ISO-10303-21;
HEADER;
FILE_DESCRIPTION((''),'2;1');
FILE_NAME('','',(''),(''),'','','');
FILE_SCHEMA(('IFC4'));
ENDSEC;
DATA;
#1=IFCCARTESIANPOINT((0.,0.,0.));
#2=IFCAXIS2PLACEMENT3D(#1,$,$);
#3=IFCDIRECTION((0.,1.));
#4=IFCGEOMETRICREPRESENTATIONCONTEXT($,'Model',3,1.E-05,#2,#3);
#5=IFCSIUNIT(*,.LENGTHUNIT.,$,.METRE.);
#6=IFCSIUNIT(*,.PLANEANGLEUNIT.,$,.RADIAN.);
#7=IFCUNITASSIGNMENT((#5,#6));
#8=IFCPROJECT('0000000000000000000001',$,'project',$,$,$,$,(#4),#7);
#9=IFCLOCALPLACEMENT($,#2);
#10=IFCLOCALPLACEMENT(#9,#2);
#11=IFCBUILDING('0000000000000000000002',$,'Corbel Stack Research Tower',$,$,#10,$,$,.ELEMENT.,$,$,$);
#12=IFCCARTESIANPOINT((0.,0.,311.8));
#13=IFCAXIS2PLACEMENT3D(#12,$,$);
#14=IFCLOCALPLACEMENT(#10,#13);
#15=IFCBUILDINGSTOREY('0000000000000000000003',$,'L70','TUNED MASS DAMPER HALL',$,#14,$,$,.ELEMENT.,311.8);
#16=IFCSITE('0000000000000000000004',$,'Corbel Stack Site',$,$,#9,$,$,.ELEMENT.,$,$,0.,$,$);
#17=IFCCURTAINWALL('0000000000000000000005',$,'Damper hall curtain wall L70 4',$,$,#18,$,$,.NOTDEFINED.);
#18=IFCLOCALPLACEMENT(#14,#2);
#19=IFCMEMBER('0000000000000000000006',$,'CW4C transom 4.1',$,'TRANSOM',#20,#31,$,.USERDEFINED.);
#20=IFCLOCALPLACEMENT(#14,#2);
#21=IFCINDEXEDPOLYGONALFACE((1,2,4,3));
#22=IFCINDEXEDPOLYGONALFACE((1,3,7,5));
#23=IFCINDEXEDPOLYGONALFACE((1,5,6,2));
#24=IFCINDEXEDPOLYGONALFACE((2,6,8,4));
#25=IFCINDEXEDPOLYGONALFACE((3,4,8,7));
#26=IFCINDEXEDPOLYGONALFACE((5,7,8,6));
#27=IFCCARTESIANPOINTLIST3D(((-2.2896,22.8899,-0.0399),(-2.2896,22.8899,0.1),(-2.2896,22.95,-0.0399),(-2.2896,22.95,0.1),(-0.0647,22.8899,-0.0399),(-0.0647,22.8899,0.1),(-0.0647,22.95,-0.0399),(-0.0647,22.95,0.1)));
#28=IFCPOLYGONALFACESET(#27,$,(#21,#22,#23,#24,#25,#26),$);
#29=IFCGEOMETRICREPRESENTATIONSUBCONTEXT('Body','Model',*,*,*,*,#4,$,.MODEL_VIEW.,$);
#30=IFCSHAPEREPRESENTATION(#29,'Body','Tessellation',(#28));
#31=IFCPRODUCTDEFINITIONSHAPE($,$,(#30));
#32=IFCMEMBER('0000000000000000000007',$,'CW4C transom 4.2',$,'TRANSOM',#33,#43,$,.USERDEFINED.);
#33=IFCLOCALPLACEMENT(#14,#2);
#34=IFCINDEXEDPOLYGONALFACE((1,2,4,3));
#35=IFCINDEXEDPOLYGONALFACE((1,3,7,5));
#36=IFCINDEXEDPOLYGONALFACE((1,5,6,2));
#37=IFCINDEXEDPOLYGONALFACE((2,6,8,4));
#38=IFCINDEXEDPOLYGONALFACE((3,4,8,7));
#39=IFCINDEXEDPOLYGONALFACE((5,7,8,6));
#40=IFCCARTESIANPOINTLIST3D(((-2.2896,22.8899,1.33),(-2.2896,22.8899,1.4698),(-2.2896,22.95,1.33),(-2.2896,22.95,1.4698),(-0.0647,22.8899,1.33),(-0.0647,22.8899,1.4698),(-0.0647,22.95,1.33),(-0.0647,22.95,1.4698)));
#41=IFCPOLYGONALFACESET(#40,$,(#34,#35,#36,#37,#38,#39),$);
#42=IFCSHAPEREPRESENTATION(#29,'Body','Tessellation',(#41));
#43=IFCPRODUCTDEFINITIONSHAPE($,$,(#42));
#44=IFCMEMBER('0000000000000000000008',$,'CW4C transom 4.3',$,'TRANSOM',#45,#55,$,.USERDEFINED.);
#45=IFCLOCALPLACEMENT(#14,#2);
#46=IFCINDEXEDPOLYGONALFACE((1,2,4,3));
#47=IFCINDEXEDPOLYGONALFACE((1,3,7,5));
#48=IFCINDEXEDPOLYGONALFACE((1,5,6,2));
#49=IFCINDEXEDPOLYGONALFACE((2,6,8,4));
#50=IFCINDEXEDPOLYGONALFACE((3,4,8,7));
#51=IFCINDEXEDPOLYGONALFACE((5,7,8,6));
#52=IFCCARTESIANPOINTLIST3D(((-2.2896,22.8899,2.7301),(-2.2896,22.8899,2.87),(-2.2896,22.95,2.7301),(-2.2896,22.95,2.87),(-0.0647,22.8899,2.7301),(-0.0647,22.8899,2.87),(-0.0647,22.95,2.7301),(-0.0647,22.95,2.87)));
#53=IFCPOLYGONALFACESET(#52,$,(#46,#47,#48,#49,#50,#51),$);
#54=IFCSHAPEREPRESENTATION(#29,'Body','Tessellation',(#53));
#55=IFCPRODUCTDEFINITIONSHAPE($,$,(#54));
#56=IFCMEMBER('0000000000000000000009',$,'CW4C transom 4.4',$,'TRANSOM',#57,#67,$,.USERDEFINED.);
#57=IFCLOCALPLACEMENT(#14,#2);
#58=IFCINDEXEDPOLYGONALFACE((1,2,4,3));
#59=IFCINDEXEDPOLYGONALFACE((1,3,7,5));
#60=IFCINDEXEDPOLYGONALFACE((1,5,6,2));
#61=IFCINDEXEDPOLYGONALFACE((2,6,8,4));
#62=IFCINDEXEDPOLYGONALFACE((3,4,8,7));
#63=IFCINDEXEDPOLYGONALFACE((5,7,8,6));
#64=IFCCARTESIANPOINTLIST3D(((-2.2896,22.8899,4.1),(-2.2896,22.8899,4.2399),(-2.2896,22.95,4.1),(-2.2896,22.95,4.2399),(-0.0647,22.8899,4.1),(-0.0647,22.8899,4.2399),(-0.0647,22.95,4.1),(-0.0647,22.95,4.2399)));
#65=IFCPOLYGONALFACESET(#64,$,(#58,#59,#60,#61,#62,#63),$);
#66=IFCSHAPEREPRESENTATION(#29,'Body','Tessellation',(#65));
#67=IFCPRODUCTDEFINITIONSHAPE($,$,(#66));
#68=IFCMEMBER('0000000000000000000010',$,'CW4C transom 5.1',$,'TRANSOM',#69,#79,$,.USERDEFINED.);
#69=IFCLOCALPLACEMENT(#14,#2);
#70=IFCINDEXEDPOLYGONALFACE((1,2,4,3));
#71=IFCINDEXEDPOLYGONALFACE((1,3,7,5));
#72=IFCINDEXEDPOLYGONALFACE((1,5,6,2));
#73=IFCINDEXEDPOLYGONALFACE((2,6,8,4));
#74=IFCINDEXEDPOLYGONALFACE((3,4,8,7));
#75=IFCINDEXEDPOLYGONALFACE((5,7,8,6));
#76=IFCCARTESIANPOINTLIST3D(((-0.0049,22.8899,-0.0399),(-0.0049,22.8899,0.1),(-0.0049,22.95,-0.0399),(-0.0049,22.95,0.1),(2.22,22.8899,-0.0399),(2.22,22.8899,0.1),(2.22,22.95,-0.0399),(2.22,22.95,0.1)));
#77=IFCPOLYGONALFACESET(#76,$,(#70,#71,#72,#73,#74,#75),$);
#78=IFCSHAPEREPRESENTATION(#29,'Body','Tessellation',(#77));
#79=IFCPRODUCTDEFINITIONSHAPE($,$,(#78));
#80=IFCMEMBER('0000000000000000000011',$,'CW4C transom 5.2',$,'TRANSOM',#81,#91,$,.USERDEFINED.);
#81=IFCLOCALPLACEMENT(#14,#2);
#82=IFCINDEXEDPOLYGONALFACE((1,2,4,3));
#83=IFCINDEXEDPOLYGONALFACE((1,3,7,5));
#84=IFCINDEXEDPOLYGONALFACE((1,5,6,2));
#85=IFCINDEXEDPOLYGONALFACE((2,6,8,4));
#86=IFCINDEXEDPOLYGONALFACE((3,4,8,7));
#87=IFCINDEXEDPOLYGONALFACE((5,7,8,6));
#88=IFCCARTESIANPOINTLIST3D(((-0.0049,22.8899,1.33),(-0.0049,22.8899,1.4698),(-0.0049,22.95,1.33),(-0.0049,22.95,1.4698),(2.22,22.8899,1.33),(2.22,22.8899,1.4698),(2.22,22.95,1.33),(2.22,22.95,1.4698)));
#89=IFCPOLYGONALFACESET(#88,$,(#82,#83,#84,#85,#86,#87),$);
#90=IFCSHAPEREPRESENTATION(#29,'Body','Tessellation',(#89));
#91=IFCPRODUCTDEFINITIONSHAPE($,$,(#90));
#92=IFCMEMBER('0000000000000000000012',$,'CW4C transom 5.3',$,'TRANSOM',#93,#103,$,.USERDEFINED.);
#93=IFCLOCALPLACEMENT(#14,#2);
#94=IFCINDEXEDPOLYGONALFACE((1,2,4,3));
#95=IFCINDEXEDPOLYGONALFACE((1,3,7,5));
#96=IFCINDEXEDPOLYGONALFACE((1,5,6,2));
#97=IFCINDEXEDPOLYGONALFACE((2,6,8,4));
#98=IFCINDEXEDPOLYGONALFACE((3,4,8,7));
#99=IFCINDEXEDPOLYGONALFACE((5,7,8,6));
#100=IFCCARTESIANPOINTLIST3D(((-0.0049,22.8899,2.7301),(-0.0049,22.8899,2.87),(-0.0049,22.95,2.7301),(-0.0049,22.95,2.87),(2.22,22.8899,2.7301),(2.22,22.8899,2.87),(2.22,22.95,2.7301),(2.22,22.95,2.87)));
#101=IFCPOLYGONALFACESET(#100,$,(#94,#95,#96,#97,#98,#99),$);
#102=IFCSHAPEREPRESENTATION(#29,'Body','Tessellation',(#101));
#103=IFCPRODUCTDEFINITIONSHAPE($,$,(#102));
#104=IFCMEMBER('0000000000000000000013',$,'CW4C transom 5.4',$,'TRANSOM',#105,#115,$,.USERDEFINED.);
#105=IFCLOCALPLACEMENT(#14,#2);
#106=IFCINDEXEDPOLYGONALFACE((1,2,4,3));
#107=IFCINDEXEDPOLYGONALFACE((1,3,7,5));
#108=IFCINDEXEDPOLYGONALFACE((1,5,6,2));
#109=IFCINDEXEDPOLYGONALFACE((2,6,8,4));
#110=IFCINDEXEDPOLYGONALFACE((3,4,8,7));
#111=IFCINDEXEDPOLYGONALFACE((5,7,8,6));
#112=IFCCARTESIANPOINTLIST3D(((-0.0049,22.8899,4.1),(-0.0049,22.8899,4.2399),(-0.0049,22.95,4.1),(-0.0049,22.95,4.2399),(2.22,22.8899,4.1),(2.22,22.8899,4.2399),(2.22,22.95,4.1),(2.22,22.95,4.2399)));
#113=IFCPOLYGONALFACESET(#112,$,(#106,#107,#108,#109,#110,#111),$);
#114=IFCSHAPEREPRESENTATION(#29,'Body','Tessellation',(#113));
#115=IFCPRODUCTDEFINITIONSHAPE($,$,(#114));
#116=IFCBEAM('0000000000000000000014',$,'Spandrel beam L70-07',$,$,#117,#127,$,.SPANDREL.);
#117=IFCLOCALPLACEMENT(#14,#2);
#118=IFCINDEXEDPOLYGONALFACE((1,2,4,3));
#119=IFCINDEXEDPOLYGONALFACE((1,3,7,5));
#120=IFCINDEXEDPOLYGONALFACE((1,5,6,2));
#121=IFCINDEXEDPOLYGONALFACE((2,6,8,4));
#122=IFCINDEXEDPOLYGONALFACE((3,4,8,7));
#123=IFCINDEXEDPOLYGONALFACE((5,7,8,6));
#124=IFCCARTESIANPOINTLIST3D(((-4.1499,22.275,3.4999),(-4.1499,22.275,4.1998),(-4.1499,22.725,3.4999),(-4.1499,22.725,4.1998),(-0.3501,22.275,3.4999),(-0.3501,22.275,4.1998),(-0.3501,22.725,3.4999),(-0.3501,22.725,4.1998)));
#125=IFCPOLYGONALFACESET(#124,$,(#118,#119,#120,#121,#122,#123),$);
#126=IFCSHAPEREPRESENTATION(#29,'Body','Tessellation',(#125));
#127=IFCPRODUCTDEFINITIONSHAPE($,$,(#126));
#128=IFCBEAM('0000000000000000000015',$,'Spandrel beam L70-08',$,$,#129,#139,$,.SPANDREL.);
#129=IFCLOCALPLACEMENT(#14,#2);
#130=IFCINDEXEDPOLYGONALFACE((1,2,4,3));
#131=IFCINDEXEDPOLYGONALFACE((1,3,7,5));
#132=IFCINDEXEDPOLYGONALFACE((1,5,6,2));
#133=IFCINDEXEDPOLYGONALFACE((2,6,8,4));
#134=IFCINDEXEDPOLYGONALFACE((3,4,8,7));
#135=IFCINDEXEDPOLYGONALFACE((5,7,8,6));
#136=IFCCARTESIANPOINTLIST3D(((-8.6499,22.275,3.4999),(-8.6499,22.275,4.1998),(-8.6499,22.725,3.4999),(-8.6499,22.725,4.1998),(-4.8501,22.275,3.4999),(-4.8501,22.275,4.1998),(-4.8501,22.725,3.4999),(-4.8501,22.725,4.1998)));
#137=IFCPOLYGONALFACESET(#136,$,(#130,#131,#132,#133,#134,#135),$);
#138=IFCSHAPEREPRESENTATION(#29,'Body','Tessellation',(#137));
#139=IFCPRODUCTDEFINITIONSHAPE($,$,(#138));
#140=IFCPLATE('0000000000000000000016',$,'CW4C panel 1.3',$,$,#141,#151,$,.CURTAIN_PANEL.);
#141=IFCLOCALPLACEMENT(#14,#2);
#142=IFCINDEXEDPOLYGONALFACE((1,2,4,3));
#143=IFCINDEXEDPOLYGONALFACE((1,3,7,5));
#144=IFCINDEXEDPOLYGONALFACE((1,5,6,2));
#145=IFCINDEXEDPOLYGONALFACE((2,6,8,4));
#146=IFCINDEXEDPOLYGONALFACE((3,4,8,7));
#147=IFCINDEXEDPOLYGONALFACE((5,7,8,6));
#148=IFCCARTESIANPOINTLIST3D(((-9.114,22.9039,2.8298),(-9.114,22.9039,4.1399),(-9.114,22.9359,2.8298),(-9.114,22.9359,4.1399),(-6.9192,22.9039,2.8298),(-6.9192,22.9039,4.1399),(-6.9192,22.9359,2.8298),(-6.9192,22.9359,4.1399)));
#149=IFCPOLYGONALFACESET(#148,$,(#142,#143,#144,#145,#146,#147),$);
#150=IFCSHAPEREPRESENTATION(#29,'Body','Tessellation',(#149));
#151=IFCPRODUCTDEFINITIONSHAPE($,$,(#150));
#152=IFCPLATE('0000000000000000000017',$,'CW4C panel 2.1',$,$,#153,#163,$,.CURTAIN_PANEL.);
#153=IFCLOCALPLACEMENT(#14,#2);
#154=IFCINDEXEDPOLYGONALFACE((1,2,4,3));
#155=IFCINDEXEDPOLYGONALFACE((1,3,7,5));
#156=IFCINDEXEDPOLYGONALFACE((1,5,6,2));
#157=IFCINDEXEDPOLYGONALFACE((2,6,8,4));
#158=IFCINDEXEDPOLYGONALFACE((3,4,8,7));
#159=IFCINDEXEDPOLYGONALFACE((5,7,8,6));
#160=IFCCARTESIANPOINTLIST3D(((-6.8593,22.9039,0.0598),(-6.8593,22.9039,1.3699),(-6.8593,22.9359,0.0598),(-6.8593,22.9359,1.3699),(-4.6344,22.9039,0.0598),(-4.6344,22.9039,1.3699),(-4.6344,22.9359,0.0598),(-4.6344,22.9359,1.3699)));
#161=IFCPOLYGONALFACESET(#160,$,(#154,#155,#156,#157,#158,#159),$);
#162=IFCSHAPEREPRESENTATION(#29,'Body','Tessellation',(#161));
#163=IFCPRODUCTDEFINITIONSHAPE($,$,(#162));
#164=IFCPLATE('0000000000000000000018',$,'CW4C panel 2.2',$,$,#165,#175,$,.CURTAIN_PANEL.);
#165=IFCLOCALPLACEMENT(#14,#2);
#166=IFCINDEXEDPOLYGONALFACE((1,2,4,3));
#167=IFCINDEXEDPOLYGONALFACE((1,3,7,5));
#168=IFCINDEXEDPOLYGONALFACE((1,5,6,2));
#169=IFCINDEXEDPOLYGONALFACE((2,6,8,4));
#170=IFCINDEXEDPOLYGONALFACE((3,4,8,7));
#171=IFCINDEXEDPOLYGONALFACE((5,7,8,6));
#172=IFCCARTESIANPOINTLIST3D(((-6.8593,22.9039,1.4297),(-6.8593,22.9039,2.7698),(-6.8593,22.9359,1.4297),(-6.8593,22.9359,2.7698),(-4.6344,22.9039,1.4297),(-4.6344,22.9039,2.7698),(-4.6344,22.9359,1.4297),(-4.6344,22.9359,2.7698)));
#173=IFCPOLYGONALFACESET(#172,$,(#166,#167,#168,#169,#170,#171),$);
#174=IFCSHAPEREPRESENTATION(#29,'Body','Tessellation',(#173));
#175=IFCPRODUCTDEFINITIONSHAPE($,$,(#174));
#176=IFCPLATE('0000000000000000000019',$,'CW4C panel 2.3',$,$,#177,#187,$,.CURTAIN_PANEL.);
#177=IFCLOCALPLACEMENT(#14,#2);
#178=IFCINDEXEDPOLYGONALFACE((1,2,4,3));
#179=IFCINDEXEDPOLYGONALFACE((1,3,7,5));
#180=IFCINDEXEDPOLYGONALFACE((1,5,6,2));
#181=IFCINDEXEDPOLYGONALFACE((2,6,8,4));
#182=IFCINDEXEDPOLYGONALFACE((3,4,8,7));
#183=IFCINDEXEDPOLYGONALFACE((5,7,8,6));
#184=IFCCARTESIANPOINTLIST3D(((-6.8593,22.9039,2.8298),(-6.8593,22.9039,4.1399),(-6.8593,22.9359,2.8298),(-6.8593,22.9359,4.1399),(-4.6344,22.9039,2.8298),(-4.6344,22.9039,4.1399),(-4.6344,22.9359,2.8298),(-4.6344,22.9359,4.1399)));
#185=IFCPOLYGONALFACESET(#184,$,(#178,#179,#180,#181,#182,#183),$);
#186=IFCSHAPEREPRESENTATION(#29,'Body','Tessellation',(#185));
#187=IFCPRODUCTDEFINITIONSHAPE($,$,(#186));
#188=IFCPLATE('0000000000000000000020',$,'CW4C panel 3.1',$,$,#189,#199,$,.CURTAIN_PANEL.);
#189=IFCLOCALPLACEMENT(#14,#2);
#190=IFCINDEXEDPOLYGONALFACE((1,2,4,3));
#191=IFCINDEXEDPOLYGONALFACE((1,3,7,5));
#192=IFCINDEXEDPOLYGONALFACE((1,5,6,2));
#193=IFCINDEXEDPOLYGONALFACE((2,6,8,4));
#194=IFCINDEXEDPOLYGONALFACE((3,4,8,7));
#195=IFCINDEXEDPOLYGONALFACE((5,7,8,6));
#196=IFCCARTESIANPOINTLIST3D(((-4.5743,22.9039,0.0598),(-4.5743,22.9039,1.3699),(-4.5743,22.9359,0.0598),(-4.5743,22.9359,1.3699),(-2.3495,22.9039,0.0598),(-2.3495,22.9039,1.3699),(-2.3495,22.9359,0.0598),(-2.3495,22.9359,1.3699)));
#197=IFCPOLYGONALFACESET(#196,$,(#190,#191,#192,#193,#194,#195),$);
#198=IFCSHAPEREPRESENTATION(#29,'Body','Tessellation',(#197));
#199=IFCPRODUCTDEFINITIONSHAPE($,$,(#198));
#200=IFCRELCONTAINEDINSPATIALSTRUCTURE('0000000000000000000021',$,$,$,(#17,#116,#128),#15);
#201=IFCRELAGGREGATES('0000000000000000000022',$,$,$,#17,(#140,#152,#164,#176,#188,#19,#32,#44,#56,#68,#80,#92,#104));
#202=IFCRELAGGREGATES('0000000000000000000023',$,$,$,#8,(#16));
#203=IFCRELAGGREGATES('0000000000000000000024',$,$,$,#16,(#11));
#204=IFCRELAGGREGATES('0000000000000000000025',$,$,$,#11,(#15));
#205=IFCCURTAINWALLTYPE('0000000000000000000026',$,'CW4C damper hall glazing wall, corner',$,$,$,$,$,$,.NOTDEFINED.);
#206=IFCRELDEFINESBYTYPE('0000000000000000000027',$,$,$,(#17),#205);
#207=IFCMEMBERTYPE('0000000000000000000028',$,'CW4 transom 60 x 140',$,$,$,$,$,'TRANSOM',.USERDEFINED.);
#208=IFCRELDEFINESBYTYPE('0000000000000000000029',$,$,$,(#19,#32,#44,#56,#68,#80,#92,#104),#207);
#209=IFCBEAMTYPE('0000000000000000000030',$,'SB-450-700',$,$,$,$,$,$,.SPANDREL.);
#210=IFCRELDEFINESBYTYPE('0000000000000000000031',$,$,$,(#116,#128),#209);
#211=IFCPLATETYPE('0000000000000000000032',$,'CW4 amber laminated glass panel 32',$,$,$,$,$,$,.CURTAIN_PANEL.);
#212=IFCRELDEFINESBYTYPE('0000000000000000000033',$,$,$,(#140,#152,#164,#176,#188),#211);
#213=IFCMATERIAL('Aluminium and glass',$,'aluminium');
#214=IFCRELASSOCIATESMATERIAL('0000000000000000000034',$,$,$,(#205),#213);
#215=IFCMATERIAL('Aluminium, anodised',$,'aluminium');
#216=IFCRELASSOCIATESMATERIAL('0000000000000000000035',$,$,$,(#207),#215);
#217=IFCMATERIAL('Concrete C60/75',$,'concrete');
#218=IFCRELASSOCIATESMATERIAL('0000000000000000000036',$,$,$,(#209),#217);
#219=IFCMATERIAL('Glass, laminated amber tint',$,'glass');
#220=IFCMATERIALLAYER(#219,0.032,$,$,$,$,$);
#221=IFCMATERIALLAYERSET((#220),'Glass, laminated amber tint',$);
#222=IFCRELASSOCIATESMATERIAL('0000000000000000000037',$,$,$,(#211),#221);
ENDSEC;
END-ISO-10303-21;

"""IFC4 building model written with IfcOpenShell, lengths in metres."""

from ifc_helpers import new_model, si_unit, direction, frame, origin, origin_2d, place, context, subcontext, project, spatial, rectangle, extrude, material, layer, layer_set, material_profile, profile_set, type_object, element, aggregate, save


model = new_model("IFC4")

# Units and contexts
model_context = context("Model", 3, precision=1e-05, world=origin(), true_north=direction((0.0, 1.0)))
body_context = subcontext(model_context, "Body", "Model", "MODEL_VIEW")
ifc_project = project(units=[si_unit("LENGTHUNIT", "METRE"), si_unit("PLANEANGLEUNIT", "RADIAN")], contexts=[model_context])

# Site, building, storey
site_placement = place(None, origin())
site = spatial("IfcSite", under=ifc_project, at=site_placement, Name="Corbel Stack Site", CompositionType="ELEMENT", RefElevation=0.0)
building_placement = place(site_placement, origin())
building = spatial("IfcBuilding", under=site, at=building_placement, Name="Corbel Stack Research Tower", CompositionType="ELEMENT")
storey_placement = place(building_placement, frame((0.0, 0.0, 311.8)))
storey = spatial("IfcBuildingStorey", under=building, at=storey_placement, Name="L70", Description="TUNED MASS DAMPER HALL", CompositionType="ELEMENT", Elevation=311.8)

# Curtain wall, members
ifc_material_1 = material(Name="Aluminium and glass", Category="aluminium")
curtain_wall_type = type_object("IfcCurtainWallType", Name="CW4C damper hall glazing wall, corner", PredefinedType="NOTDEFINED", material=ifc_material_1)
curtain_wall_placement = place(storey_placement, origin())
curtain_wall = element("IfcCurtainWall", 1, at=curtain_wall_placement, inside=storey, type_object=curtain_wall_type, Name="Damper hall curtain wall L70 4", PredefinedType="NOTDEFINED")
ifc_material_2 = material(Name="Aluminium, anodised", Category="aluminium")
ifc_material_profile_1 = material_profile(ifc_material_2, rectangle(XDim=0.0601, YDim=0.1399, at=origin_2d()), Name="CW4 transom 60 x 140")
ifc_profile_set_1 = profile_set([ifc_material_profile_1], Name="Aluminium, anodised")
member_type_1 = type_object("IfcMemberType", Name="CW4 transom 60 x 140", ElementType="TRANSOM", PredefinedType="USERDEFINED", material=ifc_profile_set_1)
member_1_placement = place(storey_placement, frame((-2.2896, 22.9199, 0.03), z_axis=(1.0, 0.0, 0.0), x_axis=(0.0, 1.0, 0.0)))
member_1 = element("IfcMember", 2, at=member_1_placement, type_object=member_type_1, Name="CW4C transom 4.1", ObjectType="TRANSOM", PredefinedType="USERDEFINED", context=body_context, shape_type="SweptSolid", body=[
    extrude(rectangle(XDim=0.0601, YDim=0.1399, at=origin_2d()), origin(), (0.0, 0.0, 1.0), 2.2249),
])
member_2_placement = place(storey_placement, frame((-2.2896, 22.9199, 1.3999), z_axis=(1.0, 0.0, 0.0), x_axis=(0.0, 1.0, 0.0)))
member_2 = element("IfcMember", 3, at=member_2_placement, type_object=member_type_1, Name="CW4C transom 4.2", ObjectType="TRANSOM", PredefinedType="USERDEFINED", context=body_context, shape_type="SweptSolid", body=[
    extrude(rectangle(XDim=0.0601, YDim=0.1399, at=origin_2d()), origin(), (0.0, 0.0, 1.0), 2.2249),
])
member_3_placement = place(storey_placement, frame((-2.2896, 22.9199, 2.8), z_axis=(1.0, 0.0, 0.0), x_axis=(0.0, 1.0, 0.0)))
member_3 = element("IfcMember", 4, at=member_3_placement, type_object=member_type_1, Name="CW4C transom 4.3", ObjectType="TRANSOM", PredefinedType="USERDEFINED", context=body_context, shape_type="SweptSolid", body=[
    extrude(rectangle(XDim=0.0601, YDim=0.1399, at=origin_2d()), origin(), (0.0, 0.0, 1.0), 2.2249),
])
member_4_placement = place(storey_placement, frame((-2.2896, 22.9199, 4.1699), z_axis=(1.0, 0.0, 0.0), x_axis=(0.0, 1.0, 0.0)))
member_4 = element("IfcMember", 5, at=member_4_placement, type_object=member_type_1, Name="CW4C transom 4.4", ObjectType="TRANSOM", PredefinedType="USERDEFINED", context=body_context, shape_type="SweptSolid", body=[
    extrude(rectangle(XDim=0.0601, YDim=0.1399, at=origin_2d()), origin(), (0.0, 0.0, 1.0), 2.2249),
])
member_5_placement = place(storey_placement, frame((-0.0049, 22.9199, 0.03), z_axis=(1.0, 0.0, 0.0), x_axis=(0.0, 1.0, 0.0)))
member_5 = element("IfcMember", 6, at=member_5_placement, type_object=member_type_1, Name="CW4C transom 5.1", ObjectType="TRANSOM", PredefinedType="USERDEFINED", context=body_context, shape_type="SweptSolid", body=[
    extrude(rectangle(XDim=0.0601, YDim=0.1399, at=origin_2d()), origin(), (0.0, 0.0, 1.0), 2.2249),
])
member_6_placement = place(storey_placement, frame((-0.0049, 22.9199, 1.3999), z_axis=(1.0, 0.0, 0.0), x_axis=(0.0, 1.0, 0.0)))
member_6 = element("IfcMember", 7, at=member_6_placement, type_object=member_type_1, Name="CW4C transom 5.2", ObjectType="TRANSOM", PredefinedType="USERDEFINED", context=body_context, shape_type="SweptSolid", body=[
    extrude(rectangle(XDim=0.0601, YDim=0.1399, at=origin_2d()), origin(), (0.0, 0.0, 1.0), 2.2249),
])
member_7_placement = place(storey_placement, frame((-0.0049, 22.9199, 2.8), z_axis=(1.0, 0.0, 0.0), x_axis=(0.0, 1.0, 0.0)))
member_7 = element("IfcMember", 8, at=member_7_placement, type_object=member_type_1, Name="CW4C transom 5.3", ObjectType="TRANSOM", PredefinedType="USERDEFINED", context=body_context, shape_type="SweptSolid", body=[
    extrude(rectangle(XDim=0.0601, YDim=0.1399, at=origin_2d()), origin(), (0.0, 0.0, 1.0), 2.2249),
])
member_8_placement = place(storey_placement, frame((-0.0049, 22.9199, 4.1699), z_axis=(1.0, 0.0, 0.0), x_axis=(0.0, 1.0, 0.0)))
member_8 = element("IfcMember", 9, at=member_8_placement, type_object=member_type_1, Name="CW4C transom 5.4", ObjectType="TRANSOM", PredefinedType="USERDEFINED", context=body_context, shape_type="SweptSolid", body=[
    extrude(rectangle(XDim=0.0601, YDim=0.1399, at=origin_2d()), origin(), (0.0, 0.0, 1.0), 2.2249),
])

# Beams
ifc_material_3 = material(Name="Concrete C60/75", Category="concrete")
ifc_material_profile_2 = material_profile(ifc_material_3, rectangle(XDim=0.45, YDim=0.7, at=origin_2d()), Name="RC 450 x 700")
ifc_profile_set_2 = profile_set([ifc_material_profile_2], Name="Concrete C60/75")
beam_type = type_object("IfcBeamType", Name="SB-450-700", PredefinedType="SPANDREL", material=ifc_profile_set_2)
for number, where, z_axis, x_axis, name in (
    (10, (-0.3501, 22.5, 3.8499), (-1.0, 0.0, 0.0), (0.0, -1.0, 0.0), "Spandrel beam L70-07"),
    (11, (-4.8501, 22.5, 3.8499), (-1.0, 0.0, 0.0), (0.0, -1.0, 0.0), "Spandrel beam L70-08"),
):
    element("IfcBeam", number, at=place(storey_placement, frame(where, z_axis=z_axis, x_axis=x_axis)), inside=storey, type_object=beam_type, Name=name, PredefinedType="SPANDREL", context=body_context, shape_type="SweptSolid", body=[
        extrude(rectangle(XDim=0.45, YDim=0.7, at=origin_2d()), origin(), (0.0, 0.0, 1.0), 3.7998),
    ])

# Plates
ifc_material_4 = material(Name="Glass, laminated amber tint", Category="glass")
ifc_layer_1 = layer(ifc_material_4, 0.032)
ifc_layer_set_1 = layer_set([ifc_layer_1], Name="Glass, laminated amber tint")
plate_type = type_object("IfcPlateType", Name="CW4 amber laminated glass panel 32", PredefinedType="CURTAIN_PANEL", material=ifc_layer_set_1)
plate_1_placement = place(storey_placement, frame((-8.0166, 22.9199, 2.8298), z_axis=(0.0, 0.0, 1.0), x_axis=(1.0, 0.0, 0.0)))
plate_1 = element("IfcPlate", 12, at=plate_1_placement, type_object=plate_type, Name="CW4C panel 1.3", PredefinedType="CURTAIN_PANEL", context=body_context, shape_type="SweptSolid", body=[
    extrude(rectangle(XDim=2.1948, YDim=0.032, at=origin_2d()), origin(), (0.0, 0.0, 1.0), 1.3101),
])
plate_2_placement = place(storey_placement, frame((-5.7468, 22.9199, 0.0598), z_axis=(0.0, 0.0, 1.0), x_axis=(1.0, 0.0, 0.0)))
plate_2 = element("IfcPlate", 13, at=plate_2_placement, type_object=plate_type, Name="CW4C panel 2.1", PredefinedType="CURTAIN_PANEL", context=body_context, shape_type="SweptSolid", body=[
    extrude(rectangle(XDim=2.2249, YDim=0.032, at=origin_2d()), origin(), (0.0, 0.0, 1.0), 1.3101),
])
plate_3_placement = place(storey_placement, frame((-5.7468, 22.9199, 1.4297), z_axis=(0.0, 0.0, 1.0), x_axis=(1.0, 0.0, 0.0)))
plate_3 = element("IfcPlate", 14, at=plate_3_placement, type_object=plate_type, Name="CW4C panel 2.2", PredefinedType="CURTAIN_PANEL", context=body_context, shape_type="SweptSolid", body=[
    extrude(rectangle(XDim=2.2249, YDim=0.032, at=origin_2d()), origin(), (0.0, 0.0, 1.0), 1.3401),
])
plate_4_placement = place(storey_placement, frame((-5.7468, 22.9199, 2.8298), z_axis=(0.0, 0.0, 1.0), x_axis=(1.0, 0.0, 0.0)))
plate_4 = element("IfcPlate", 15, at=plate_4_placement, type_object=plate_type, Name="CW4C panel 2.3", PredefinedType="CURTAIN_PANEL", context=body_context, shape_type="SweptSolid", body=[
    extrude(rectangle(XDim=2.2249, YDim=0.032, at=origin_2d()), origin(), (0.0, 0.0, 1.0), 1.3101),
])
plate_5_placement = place(storey_placement, frame((-3.4619, 22.9199, 0.0598), z_axis=(0.0, 0.0, 1.0), x_axis=(1.0, 0.0, 0.0)))
plate_5 = element("IfcPlate", 16, at=plate_5_placement, type_object=plate_type, Name="CW4C panel 3.1", PredefinedType="CURTAIN_PANEL", context=body_context, shape_type="SweptSolid", body=[
    extrude(rectangle(XDim=2.2249, YDim=0.032, at=origin_2d()), origin(), (0.0, 0.0, 1.0), 1.3101),
])
aggregate(curtain_wall, [plate_1, plate_2, plate_3, plate_4, plate_5, member_1, member_2, member_3, member_4, member_5, member_6, member_7, member_8])

save(model, "model.ifc")
